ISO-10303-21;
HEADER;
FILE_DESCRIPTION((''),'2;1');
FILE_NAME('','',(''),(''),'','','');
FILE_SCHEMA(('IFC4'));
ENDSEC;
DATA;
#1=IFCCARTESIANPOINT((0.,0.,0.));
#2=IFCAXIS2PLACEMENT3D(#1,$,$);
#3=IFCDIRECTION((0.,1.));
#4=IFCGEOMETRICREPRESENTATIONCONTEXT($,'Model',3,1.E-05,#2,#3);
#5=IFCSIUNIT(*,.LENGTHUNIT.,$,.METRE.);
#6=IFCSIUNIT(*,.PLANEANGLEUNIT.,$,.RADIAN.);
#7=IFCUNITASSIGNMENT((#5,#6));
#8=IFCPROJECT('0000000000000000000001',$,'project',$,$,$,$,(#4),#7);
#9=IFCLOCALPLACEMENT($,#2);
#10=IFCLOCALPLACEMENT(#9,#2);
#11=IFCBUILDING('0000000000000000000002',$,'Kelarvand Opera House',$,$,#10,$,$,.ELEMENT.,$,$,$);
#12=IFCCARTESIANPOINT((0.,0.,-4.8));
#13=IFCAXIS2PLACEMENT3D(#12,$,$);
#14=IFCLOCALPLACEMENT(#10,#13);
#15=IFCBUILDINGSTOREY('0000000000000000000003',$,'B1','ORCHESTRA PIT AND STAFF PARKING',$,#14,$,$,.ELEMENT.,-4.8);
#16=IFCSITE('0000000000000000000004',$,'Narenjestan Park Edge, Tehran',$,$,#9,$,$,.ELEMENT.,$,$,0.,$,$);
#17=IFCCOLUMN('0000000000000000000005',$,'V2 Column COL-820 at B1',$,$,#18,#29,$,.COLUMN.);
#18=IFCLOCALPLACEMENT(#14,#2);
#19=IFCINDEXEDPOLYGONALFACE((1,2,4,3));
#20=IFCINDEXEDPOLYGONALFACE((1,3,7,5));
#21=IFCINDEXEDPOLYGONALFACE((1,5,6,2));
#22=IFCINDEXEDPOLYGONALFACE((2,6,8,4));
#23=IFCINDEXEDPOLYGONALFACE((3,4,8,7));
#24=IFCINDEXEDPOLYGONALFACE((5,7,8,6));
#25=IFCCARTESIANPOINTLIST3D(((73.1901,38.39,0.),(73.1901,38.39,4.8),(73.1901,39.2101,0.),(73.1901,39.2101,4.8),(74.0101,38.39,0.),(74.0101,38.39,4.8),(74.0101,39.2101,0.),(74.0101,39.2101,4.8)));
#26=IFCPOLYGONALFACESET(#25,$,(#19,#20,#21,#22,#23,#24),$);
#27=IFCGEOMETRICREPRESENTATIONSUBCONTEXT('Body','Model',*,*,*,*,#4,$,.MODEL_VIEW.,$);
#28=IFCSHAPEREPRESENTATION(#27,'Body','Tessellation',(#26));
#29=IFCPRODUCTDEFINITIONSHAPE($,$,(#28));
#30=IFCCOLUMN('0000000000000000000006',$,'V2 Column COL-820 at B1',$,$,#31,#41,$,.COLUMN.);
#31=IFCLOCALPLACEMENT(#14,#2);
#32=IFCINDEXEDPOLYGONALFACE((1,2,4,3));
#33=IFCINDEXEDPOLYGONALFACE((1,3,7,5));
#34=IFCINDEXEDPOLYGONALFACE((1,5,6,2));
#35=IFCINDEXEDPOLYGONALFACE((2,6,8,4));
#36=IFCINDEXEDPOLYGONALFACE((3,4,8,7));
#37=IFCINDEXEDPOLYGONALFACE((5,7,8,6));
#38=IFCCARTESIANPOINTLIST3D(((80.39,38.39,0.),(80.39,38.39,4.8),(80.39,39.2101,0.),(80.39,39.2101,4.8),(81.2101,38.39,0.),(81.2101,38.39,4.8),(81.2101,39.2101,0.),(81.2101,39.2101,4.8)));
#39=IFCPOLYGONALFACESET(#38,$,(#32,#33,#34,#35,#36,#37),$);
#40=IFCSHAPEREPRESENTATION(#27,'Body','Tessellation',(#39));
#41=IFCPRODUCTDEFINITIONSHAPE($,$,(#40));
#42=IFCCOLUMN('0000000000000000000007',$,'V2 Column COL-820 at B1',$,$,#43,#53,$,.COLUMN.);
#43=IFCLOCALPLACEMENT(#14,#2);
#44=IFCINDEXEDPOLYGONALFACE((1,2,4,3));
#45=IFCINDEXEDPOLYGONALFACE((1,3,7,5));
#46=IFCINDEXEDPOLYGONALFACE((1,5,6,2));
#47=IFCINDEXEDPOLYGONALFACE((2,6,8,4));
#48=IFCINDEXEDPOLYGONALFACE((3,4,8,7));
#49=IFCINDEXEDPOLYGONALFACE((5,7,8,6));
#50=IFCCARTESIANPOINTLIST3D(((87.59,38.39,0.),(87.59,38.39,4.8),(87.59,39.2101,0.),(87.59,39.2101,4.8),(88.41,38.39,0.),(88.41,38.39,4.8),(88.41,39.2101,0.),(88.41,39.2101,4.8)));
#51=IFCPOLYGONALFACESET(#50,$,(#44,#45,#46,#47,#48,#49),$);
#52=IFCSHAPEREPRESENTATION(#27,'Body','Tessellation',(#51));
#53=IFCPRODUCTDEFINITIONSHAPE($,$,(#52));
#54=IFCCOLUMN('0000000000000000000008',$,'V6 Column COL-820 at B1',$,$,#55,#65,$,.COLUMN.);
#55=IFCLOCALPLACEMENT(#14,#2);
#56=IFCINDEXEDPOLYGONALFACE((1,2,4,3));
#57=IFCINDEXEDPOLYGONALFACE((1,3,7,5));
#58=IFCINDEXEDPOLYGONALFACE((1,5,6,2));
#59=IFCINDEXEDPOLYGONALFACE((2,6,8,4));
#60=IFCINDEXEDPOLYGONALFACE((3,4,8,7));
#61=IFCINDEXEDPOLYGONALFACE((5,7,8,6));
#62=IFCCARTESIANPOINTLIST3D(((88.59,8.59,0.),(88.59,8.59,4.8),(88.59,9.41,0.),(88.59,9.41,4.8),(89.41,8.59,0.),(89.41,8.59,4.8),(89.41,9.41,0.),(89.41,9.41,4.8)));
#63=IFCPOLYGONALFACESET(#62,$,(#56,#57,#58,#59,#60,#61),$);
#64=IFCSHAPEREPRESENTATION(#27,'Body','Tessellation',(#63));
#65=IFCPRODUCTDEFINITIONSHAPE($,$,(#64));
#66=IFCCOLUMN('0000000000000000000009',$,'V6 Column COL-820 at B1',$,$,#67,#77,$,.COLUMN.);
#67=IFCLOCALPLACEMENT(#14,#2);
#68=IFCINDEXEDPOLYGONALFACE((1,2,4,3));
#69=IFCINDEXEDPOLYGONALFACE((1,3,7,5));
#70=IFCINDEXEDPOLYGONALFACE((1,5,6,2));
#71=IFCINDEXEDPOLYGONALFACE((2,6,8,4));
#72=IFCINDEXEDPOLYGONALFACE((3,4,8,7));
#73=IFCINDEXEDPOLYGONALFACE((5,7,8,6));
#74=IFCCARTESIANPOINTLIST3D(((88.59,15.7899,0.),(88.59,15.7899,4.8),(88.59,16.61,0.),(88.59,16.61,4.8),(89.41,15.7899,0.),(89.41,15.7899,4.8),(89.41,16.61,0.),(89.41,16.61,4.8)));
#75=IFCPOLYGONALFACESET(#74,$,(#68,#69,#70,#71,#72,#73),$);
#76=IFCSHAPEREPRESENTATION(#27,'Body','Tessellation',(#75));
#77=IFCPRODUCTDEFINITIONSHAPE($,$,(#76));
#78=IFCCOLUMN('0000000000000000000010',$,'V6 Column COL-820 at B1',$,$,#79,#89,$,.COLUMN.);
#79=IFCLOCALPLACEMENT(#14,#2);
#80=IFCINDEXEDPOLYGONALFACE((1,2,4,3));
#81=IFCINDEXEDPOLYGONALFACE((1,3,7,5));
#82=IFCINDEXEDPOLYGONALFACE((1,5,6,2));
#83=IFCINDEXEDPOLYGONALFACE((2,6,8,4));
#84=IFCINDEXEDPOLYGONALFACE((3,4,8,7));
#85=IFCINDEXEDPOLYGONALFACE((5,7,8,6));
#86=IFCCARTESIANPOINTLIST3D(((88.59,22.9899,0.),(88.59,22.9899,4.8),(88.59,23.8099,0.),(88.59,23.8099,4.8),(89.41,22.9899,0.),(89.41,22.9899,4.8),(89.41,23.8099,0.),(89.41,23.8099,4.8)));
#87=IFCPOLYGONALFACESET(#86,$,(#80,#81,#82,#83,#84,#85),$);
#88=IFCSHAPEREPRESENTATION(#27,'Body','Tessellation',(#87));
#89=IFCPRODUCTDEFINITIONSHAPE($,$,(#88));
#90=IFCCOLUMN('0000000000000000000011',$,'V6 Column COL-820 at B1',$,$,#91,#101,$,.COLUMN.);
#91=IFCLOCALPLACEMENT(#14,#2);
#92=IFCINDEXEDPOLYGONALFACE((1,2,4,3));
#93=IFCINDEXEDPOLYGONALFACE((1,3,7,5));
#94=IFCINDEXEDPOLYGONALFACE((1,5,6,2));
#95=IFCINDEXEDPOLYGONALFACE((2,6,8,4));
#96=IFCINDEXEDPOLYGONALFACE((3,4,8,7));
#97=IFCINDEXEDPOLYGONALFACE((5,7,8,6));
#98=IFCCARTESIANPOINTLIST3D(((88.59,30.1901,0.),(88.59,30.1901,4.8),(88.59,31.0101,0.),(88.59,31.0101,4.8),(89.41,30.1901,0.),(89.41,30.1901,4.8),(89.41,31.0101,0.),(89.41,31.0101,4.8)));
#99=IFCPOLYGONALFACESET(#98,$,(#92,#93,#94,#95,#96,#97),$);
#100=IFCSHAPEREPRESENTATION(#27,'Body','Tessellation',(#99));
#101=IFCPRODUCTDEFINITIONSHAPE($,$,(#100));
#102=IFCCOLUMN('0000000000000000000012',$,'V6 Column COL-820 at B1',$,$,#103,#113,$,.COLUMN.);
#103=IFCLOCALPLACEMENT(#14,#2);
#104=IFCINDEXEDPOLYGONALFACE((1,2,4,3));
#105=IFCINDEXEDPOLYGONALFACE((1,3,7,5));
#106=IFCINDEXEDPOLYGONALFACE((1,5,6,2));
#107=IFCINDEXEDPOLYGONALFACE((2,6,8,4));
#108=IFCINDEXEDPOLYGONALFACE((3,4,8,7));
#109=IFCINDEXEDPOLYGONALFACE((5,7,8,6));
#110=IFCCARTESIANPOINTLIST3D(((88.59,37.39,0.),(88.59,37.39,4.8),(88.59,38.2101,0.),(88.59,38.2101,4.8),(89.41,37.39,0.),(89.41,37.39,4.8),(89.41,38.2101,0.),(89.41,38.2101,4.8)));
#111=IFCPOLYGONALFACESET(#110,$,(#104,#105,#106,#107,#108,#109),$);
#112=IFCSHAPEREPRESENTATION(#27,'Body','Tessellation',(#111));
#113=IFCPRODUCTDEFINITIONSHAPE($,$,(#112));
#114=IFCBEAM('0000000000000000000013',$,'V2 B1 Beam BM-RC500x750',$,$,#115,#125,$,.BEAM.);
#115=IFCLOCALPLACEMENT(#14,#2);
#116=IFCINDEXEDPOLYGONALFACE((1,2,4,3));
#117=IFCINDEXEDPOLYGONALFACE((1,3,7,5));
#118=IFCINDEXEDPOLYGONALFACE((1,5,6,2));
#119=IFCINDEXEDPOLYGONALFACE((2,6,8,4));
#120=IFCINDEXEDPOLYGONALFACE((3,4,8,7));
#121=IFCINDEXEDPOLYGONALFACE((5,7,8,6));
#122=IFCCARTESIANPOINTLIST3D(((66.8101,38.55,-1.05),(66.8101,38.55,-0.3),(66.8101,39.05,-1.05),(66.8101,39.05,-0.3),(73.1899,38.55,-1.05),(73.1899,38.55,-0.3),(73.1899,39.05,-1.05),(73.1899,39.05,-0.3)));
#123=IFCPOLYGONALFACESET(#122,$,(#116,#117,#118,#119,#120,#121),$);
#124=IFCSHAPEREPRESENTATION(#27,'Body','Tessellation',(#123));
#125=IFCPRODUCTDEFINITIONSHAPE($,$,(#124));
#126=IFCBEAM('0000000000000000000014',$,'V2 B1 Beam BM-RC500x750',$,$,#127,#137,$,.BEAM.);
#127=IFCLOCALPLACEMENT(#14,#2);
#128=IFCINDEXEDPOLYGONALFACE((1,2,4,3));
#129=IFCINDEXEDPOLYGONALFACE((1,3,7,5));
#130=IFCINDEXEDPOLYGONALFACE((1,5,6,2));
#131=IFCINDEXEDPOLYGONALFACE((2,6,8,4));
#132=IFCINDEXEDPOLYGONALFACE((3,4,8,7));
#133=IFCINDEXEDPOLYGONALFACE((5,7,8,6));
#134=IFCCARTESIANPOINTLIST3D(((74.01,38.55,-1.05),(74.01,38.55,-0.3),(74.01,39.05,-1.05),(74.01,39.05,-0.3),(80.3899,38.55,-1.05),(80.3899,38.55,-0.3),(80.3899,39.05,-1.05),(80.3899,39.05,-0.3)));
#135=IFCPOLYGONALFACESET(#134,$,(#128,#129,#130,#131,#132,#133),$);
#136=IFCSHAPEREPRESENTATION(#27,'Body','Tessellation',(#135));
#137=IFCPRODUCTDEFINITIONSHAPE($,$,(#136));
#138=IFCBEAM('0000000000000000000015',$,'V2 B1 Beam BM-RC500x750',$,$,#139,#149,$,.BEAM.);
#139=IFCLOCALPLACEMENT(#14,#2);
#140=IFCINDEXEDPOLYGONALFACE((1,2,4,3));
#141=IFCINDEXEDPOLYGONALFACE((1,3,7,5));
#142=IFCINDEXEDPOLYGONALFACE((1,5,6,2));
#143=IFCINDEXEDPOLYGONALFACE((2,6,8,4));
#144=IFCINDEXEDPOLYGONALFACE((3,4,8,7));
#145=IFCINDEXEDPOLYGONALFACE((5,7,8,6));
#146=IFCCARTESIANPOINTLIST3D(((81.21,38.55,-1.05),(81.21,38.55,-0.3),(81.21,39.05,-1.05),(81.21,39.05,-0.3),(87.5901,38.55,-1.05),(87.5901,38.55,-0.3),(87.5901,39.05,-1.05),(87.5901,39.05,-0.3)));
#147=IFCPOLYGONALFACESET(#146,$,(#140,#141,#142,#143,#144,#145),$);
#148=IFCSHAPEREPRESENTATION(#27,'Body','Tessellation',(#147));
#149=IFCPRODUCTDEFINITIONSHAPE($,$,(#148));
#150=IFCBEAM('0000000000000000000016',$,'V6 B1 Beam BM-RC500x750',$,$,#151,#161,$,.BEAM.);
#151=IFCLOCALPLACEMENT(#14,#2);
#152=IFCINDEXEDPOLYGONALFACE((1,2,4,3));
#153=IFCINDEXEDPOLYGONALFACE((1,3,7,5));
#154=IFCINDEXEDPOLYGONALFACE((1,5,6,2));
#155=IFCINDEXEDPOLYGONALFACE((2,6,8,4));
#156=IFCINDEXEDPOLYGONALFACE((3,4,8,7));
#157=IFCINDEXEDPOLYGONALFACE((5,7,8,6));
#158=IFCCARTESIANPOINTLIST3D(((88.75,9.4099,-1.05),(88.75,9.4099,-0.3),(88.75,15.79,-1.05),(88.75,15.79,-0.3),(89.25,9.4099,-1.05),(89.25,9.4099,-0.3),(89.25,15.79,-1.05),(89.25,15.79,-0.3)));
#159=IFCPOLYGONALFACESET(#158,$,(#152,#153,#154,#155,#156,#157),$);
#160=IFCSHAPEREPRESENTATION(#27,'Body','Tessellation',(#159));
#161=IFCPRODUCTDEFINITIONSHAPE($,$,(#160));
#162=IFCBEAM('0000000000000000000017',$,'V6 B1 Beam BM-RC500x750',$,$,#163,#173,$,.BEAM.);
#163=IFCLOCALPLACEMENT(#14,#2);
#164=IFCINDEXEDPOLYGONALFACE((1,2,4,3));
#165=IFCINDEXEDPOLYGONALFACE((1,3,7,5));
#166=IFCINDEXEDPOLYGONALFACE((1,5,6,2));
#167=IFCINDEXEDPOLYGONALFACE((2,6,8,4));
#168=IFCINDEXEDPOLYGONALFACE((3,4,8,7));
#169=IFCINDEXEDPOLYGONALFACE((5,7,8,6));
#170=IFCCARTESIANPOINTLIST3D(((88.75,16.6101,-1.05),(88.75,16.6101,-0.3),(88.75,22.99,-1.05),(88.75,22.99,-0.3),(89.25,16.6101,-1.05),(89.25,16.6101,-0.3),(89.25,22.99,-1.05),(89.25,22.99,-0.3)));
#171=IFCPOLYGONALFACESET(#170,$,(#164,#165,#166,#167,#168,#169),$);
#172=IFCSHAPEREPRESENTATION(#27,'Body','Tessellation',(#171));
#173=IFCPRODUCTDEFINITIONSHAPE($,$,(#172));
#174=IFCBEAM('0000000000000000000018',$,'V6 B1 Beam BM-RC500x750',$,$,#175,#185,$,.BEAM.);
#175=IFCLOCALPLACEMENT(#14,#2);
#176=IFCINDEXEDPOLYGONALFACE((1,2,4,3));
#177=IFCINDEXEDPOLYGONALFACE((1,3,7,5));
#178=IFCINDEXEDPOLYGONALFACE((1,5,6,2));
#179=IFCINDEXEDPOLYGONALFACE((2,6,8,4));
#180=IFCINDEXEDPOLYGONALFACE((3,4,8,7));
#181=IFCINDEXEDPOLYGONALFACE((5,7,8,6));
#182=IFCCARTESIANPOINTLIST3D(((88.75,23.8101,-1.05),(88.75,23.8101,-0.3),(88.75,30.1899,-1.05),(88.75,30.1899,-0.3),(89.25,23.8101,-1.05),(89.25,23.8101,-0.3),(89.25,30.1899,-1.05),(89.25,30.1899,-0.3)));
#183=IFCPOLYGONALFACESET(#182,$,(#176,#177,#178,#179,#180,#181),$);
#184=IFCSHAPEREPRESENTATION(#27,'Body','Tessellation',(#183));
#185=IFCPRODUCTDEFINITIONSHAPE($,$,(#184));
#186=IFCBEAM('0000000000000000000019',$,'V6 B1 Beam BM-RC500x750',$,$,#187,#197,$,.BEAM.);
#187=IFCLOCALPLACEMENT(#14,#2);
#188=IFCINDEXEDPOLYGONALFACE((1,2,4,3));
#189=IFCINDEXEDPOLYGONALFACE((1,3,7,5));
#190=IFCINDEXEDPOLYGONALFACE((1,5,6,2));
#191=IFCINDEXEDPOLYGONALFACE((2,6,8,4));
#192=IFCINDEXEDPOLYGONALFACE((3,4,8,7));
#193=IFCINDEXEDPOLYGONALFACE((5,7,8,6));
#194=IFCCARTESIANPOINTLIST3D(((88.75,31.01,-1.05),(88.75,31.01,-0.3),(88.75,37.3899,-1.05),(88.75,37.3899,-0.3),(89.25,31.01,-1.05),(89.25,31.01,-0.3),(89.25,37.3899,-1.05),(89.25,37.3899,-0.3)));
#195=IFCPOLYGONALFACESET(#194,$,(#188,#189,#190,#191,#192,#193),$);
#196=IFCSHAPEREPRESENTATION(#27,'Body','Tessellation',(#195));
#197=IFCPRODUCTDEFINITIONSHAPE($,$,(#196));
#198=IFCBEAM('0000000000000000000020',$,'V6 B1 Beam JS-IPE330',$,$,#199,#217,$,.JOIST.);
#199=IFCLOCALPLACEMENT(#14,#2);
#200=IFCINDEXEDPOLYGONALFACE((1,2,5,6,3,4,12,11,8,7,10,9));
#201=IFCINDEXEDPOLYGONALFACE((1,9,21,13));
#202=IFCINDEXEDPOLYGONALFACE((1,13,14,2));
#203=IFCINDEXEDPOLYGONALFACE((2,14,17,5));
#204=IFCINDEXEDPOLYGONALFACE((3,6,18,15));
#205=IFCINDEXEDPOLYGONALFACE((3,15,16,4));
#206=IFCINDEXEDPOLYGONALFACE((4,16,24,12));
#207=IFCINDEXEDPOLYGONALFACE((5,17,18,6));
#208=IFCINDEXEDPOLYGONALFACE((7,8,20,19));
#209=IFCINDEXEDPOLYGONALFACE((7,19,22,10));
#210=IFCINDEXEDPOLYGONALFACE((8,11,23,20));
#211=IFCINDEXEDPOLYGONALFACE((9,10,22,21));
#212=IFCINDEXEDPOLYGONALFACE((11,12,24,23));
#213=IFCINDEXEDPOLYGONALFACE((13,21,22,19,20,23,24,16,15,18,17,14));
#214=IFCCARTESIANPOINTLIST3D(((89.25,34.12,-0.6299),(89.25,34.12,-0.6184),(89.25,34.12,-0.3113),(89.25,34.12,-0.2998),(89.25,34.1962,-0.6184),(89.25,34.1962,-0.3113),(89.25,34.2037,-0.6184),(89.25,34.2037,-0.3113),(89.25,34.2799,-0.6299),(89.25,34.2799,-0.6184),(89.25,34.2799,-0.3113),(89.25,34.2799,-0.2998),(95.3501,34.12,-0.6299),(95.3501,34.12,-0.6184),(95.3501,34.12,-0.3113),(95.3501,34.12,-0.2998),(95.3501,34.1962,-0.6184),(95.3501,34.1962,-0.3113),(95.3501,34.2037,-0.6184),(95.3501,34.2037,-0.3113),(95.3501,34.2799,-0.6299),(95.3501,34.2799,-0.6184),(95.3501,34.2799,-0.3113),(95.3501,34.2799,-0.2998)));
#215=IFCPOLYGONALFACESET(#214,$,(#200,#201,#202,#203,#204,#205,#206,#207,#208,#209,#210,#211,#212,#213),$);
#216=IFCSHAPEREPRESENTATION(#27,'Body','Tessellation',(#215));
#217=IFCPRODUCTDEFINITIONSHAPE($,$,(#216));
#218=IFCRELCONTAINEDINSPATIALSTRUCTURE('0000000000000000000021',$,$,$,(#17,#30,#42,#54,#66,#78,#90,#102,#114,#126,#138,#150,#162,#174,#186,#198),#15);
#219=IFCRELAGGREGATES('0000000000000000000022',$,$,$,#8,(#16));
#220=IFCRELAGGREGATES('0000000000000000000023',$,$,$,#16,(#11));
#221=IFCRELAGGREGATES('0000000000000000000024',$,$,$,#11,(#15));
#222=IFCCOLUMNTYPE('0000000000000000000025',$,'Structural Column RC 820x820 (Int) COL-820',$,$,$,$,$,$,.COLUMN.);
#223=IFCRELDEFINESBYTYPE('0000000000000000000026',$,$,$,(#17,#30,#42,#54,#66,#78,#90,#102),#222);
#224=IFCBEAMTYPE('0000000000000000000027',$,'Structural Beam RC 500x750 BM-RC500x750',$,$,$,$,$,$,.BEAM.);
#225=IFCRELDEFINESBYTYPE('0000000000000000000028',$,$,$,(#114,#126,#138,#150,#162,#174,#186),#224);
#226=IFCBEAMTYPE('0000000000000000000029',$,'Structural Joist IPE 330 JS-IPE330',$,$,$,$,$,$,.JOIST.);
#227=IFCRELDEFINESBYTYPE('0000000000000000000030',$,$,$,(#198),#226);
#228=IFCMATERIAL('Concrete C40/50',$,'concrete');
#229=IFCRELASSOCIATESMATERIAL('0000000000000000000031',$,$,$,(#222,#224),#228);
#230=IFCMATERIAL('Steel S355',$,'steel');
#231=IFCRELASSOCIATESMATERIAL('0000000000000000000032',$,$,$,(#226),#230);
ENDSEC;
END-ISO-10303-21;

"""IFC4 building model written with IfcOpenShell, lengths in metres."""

from ifc_helpers import new_model, si_unit, direction, frame, origin, origin_2d, place, context, subcontext, project, spatial, rectangle, i_section, extrude, material, material_profile, profile_set, type_object, element, save


model = new_model("IFC4")

# Units and contexts
model_context = context("Model", 3, precision=1e-05, world=origin(), true_north=direction((0.0, 1.0)))
body_context = subcontext(model_context, "Body", "Model", "MODEL_VIEW")
ifc_project = project(units=[si_unit("LENGTHUNIT", "METRE"), si_unit("PLANEANGLEUNIT", "RADIAN")], contexts=[model_context])

# Site, building, storey
site_placement = place(None, origin())
site = spatial("IfcSite", under=ifc_project, at=site_placement, Name="Narenjestan Park Edge, Tehran", CompositionType="ELEMENT", RefElevation=0.0)
building_placement = place(site_placement, origin())
building = spatial("IfcBuilding", under=site, at=building_placement, Name="Kelarvand Opera House", CompositionType="ELEMENT")
storey_placement = place(building_placement, frame((0.0, 0.0, -4.8)))
storey = spatial("IfcBuildingStorey", under=building, at=storey_placement, Name="B1", Description="ORCHESTRA PIT AND STAFF PARKING", CompositionType="ELEMENT", Elevation=-4.8)

# Columns
ifc_material_1 = material(Name="Concrete C40/50", Category="concrete")
ifc_material_profile_1 = material_profile(ifc_material_1, rectangle(XDim=0.8201, YDim=0.8201, at=origin_2d()), Name="RC 820x820", Category="concrete")
ifc_profile_set_1 = profile_set([ifc_material_profile_1], Name="Concrete C40/50")
column_type = type_object("IfcColumnType", Name="Structural Column RC 820x820 (Int) COL-820", PredefinedType="COLUMN", material=ifc_profile_set_1)
for number, where, z_axis, x_axis, name in (
    (1, (73.6001, 38.8, 0.0), (0.0, 0.0, 1.0), (1.0, 0.0, 0.0), "V2 Column COL-820 at B1"),
    (2, (80.8, 38.8, 0.0), (0.0, 0.0, 1.0), (1.0, 0.0, 0.0), "V2 Column COL-820 at B1"),
    (3, (88.0, 38.8, 0.0), (0.0, 0.0, 1.0), (1.0, 0.0, 0.0), "V2 Column COL-820 at B1"),
    (4, (89.0, 9.0, 0.0), (0.0, 0.0, 1.0), (1.0, 0.0, 0.0), "V6 Column COL-820 at B1"),
    (5, (89.0, 16.2, 0.0), (0.0, 0.0, 1.0), (1.0, 0.0, 0.0), "V6 Column COL-820 at B1"),
    (6, (89.0, 23.3999, 0.0), (0.0, 0.0, 1.0), (1.0, 0.0, 0.0), "V6 Column COL-820 at B1"),
    (7, (89.0, 30.6001, 0.0), (0.0, 0.0, 1.0), (1.0, 0.0, 0.0), "V6 Column COL-820 at B1"),
    (8, (89.0, 37.8, 0.0), (0.0, 0.0, 1.0), (1.0, 0.0, 0.0), "V6 Column COL-820 at B1"),
):
    element("IfcColumn", number, at=place(storey_placement, frame(where, z_axis=z_axis, x_axis=x_axis)), inside=storey, type_object=column_type, Name=name, PredefinedType="COLUMN", context=body_context, shape_type="SweptSolid", body=[
        extrude(rectangle(XDim=0.8201, YDim=0.8201, at=origin_2d()), origin(), (0.0, 0.0, 1.0), 4.8),
    ])

# Beams
ifc_material_profile_2 = material_profile(ifc_material_1, rectangle(XDim=0.5, YDim=0.75, at=origin_2d()), Name="RC 500x750", Category="concrete")
ifc_profile_set_2 = profile_set([ifc_material_profile_2], Name="Concrete C40/50")
beam_type_1 = type_object("IfcBeamType", Name="Structural Beam RC 500x750 BM-RC500x750", PredefinedType="BEAM", material=ifc_profile_set_2)
for number, where, z_axis, x_axis, name in (
    (9, (66.8101, 38.8, -0.675), (1.0, 0.0, 0.0), (0.0, 1.0, 0.0), "V2 B1 Beam BM-RC500x750"),
    (10, (74.01, 38.8, -0.675), (1.0, 0.0, 0.0), (0.0, 1.0, 0.0), "V2 B1 Beam BM-RC500x750"),
):
    element("IfcBeam", number, at=place(storey_placement, frame(where, z_axis=z_axis, x_axis=x_axis)), inside=storey, type_object=beam_type_1, Name=name, PredefinedType="BEAM", context=body_context, shape_type="SweptSolid", body=[
        extrude(rectangle(XDim=0.5, YDim=0.75, at=origin_2d()), origin(), (0.0, 0.0, 1.0), 6.3799),
    ])
for number, where, z_axis, x_axis, name in (
    (11, (81.21, 38.8, -0.675), (1.0, 0.0, 0.0), (0.0, 1.0, 0.0), "V2 B1 Beam BM-RC500x750"),
    (12, (89.0, 9.4099, -0.675), (0.0, 1.0, 0.0), (-1.0, 0.0, 0.0), "V6 B1 Beam BM-RC500x750"),
):
    element("IfcBeam", number, at=place(storey_placement, frame(where, z_axis=z_axis, x_axis=x_axis)), inside=storey, type_object=beam_type_1, Name=name, PredefinedType="BEAM", context=body_context, shape_type="SweptSolid", body=[
        extrude(rectangle(XDim=0.5, YDim=0.75, at=origin_2d()), origin(), (0.0, 0.0, 1.0), 6.3801),
    ])
for number, where, z_axis, x_axis, name in (
    (13, (89.0, 16.6101, -0.675), (0.0, 1.0, 0.0), (-1.0, 0.0, 0.0), "V6 B1 Beam BM-RC500x750"),
    (14, (89.0, 23.8101, -0.675), (0.0, 1.0, 0.0), (-1.0, 0.0, 0.0), "V6 B1 Beam BM-RC500x750"),
    (15, (89.0, 31.01, -0.675), (0.0, 1.0, 0.0), (-1.0, 0.0, 0.0), "V6 B1 Beam BM-RC500x750"),
):
    element("IfcBeam", number, at=place(storey_placement, frame(where, z_axis=z_axis, x_axis=x_axis)), inside=storey, type_object=beam_type_1, Name=name, PredefinedType="BEAM", context=body_context, shape_type="SweptSolid", body=[
        extrude(rectangle(XDim=0.5, YDim=0.75, at=origin_2d()), origin(), (0.0, 0.0, 1.0), 6.3799),
    ])
ifc_material_2 = material(Name="Steel S355", Category="steel")
ifc_material_profile_3 = material_profile(ifc_material_2, i_section(OverallWidth=0.1599, OverallDepth=0.3301, WebThickness=0.0076, FlangeThickness=0.0115, at=origin_2d()), Name="IPE 330", Category="steel")
ifc_profile_set_3 = profile_set([ifc_material_profile_3], Name="Steel S355")
beam_type_2 = type_object("IfcBeamType", Name="Structural Joist IPE 330 JS-IPE330", PredefinedType="JOIST", material=ifc_profile_set_3)
beam_1_placement = place(storey_placement, frame((89.25, 34.2, -0.4648), z_axis=(1.0, 0.0, 0.0), x_axis=(0.0, 1.0, 0.0)))
element("IfcBeam", 16, at=beam_1_placement, inside=storey, type_object=beam_type_2, Name="V6 B1 Beam JS-IPE330", PredefinedType="JOIST", context=body_context, shape_type="SweptSolid", body=[
    extrude(i_section(OverallWidth=0.1599, OverallDepth=0.3301, WebThickness=0.0076, FlangeThickness=0.0115, at=origin_2d()), origin(), (0.0, 0.0, 1.0), 6.1001),
])

save(model, "model.ifc")
